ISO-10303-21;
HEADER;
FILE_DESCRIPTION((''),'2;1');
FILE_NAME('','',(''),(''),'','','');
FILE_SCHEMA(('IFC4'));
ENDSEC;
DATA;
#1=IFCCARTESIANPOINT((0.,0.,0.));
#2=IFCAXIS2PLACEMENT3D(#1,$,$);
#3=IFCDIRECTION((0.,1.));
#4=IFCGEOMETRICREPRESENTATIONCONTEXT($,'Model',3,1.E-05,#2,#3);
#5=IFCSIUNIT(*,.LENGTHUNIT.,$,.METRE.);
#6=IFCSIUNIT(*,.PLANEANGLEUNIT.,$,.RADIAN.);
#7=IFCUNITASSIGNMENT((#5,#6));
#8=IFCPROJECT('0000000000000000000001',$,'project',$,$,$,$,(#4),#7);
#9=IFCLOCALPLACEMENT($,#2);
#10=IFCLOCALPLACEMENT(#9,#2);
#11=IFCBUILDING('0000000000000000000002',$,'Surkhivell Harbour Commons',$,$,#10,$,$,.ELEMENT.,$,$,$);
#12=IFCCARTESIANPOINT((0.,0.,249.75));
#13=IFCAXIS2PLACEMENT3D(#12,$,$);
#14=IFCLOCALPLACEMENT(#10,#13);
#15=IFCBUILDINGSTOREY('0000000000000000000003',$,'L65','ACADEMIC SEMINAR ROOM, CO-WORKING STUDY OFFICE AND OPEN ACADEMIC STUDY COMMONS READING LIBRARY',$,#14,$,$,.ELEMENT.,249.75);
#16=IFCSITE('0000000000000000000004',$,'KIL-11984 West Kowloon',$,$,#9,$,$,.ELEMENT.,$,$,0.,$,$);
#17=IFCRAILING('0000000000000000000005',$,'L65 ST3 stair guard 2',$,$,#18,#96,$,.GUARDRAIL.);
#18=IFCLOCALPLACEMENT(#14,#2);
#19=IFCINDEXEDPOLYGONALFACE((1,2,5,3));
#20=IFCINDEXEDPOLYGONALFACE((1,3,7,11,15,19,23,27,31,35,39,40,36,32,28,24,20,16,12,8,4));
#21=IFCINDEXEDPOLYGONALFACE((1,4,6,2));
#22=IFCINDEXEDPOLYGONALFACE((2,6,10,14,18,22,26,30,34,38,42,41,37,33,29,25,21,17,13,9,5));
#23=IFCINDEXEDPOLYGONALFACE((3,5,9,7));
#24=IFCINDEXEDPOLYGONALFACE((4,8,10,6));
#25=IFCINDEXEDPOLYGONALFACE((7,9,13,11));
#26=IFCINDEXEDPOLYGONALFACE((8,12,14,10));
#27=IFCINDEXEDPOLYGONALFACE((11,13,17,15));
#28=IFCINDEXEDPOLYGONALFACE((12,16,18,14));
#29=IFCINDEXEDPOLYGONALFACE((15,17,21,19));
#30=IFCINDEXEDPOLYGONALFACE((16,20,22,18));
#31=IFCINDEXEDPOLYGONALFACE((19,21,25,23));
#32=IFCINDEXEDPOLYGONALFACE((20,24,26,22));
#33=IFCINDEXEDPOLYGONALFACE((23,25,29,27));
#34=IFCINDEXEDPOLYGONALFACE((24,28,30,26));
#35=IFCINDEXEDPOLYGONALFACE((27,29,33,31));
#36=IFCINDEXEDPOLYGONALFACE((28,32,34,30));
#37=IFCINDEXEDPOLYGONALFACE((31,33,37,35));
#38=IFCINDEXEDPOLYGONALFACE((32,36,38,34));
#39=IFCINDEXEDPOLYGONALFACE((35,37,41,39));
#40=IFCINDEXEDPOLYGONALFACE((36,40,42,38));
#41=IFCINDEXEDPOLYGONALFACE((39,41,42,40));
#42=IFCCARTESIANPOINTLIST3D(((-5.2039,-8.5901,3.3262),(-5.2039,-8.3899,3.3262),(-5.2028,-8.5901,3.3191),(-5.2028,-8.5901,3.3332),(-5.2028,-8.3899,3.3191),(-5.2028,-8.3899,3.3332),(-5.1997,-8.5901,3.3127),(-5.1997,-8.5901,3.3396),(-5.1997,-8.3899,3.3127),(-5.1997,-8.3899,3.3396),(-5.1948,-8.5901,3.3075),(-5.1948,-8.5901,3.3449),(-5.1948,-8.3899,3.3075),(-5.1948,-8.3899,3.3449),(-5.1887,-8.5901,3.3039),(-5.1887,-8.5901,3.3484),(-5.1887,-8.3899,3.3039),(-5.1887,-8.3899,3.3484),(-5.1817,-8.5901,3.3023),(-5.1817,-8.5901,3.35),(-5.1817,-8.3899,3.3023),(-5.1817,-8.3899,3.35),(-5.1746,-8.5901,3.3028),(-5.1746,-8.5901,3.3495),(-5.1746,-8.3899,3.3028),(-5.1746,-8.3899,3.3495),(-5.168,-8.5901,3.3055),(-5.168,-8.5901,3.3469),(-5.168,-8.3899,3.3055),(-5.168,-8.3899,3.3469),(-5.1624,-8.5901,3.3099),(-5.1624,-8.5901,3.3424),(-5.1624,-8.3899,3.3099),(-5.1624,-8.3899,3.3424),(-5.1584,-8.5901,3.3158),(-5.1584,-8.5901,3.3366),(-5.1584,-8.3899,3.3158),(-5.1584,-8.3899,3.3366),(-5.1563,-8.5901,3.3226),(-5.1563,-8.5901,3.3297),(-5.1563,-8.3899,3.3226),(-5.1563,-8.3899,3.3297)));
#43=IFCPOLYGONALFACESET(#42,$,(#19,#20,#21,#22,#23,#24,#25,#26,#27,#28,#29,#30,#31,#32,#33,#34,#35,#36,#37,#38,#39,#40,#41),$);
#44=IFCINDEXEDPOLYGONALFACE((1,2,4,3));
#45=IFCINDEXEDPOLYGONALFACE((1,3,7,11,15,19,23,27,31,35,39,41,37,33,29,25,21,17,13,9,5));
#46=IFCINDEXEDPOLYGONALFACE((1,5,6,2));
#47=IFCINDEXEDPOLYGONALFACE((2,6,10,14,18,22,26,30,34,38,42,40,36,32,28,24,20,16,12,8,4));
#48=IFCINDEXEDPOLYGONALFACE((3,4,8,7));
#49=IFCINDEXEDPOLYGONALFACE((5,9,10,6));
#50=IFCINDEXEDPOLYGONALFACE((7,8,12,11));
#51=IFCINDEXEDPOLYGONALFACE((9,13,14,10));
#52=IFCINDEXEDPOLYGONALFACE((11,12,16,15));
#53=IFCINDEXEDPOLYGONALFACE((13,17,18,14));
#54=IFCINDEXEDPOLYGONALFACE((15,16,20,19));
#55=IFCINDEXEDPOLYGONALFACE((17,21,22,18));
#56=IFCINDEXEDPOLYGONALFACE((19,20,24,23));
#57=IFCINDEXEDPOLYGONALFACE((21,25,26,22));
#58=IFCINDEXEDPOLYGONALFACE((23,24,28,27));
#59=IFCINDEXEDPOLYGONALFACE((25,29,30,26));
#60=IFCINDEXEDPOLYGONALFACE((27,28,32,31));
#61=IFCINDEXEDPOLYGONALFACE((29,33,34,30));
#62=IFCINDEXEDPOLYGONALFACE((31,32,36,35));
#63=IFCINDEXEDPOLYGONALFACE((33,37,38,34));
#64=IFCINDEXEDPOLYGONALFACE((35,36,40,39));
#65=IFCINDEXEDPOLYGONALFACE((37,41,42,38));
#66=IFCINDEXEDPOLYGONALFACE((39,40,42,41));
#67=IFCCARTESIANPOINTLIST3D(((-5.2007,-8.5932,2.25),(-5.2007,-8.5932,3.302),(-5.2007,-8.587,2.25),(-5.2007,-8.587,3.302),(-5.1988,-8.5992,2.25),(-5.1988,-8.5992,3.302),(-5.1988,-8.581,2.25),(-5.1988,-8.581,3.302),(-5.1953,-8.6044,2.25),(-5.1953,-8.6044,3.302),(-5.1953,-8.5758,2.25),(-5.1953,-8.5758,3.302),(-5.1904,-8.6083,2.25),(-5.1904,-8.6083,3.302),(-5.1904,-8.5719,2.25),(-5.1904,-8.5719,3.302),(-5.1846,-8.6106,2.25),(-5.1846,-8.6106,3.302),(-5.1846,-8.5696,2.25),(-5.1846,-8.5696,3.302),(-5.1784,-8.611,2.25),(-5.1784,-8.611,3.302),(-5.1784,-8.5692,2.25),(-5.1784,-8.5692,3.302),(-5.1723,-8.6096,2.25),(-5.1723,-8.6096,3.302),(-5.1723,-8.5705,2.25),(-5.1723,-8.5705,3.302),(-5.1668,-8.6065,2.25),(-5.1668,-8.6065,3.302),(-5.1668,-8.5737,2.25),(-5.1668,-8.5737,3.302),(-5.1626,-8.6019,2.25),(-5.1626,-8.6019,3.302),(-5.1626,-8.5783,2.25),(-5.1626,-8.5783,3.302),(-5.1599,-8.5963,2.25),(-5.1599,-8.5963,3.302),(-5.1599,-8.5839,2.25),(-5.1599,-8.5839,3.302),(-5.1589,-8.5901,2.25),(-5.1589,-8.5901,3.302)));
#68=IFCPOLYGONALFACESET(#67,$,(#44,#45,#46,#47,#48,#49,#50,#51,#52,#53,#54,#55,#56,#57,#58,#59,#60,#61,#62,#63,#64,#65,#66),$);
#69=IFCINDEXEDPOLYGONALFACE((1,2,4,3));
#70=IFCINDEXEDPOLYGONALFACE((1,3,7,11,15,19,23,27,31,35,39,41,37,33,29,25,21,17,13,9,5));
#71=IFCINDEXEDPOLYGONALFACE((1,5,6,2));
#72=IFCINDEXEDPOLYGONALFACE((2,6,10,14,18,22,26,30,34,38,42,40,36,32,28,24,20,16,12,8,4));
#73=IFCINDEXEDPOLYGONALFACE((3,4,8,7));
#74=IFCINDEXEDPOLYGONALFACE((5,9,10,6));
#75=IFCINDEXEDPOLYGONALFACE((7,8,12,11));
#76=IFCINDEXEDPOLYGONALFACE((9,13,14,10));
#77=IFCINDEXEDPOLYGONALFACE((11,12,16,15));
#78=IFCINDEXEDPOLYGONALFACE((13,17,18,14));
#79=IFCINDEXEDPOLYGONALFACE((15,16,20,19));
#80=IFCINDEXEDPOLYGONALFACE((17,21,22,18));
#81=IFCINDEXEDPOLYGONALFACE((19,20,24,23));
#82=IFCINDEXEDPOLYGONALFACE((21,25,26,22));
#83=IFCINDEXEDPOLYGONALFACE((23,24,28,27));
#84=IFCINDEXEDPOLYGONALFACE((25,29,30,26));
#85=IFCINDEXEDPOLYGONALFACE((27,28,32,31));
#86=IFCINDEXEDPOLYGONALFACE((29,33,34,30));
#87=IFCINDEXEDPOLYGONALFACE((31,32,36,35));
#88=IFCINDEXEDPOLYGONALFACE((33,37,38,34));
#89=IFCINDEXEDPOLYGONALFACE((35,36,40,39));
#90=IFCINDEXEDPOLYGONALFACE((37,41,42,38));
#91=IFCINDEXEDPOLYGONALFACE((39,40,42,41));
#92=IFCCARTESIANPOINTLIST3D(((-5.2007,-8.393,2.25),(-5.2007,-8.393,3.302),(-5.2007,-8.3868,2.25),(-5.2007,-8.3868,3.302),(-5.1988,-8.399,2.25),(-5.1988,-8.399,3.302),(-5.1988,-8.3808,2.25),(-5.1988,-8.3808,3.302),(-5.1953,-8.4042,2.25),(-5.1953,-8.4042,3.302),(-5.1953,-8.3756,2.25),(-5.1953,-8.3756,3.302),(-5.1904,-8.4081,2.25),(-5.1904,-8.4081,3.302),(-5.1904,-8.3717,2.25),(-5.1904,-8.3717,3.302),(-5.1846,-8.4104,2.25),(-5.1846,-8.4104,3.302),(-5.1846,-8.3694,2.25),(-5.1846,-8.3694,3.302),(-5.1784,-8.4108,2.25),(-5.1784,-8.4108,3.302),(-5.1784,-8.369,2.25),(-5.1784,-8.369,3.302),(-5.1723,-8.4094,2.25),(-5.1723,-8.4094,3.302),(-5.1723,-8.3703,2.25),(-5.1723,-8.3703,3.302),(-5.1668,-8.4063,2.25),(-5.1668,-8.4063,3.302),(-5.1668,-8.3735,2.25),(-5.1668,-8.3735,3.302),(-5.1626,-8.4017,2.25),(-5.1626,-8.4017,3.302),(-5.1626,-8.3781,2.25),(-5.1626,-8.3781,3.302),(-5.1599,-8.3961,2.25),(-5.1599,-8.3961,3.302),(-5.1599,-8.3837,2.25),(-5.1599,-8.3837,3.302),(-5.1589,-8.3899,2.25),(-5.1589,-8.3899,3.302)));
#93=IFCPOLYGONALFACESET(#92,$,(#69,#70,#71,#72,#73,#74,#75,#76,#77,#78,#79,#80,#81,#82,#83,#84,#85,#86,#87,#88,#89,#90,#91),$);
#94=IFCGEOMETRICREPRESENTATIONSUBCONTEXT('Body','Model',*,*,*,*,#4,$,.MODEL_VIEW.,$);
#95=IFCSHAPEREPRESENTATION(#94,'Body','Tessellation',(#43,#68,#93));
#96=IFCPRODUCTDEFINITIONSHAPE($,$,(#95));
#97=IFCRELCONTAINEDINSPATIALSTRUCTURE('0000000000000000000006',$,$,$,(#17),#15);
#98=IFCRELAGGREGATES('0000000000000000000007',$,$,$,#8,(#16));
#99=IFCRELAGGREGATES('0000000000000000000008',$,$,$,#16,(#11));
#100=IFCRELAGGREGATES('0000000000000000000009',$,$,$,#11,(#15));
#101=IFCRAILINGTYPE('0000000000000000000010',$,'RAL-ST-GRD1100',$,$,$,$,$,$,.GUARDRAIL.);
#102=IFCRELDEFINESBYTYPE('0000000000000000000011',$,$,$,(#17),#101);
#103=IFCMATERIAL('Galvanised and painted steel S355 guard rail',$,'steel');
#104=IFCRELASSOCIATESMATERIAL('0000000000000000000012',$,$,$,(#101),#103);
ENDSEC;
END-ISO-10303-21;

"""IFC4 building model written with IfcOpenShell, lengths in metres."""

from ifc_helpers import new_model, si_unit, direction, frame, origin, origin_2d, place, context, subcontext, project, spatial, circle, extrude, material, type_object, element, save


model = new_model("IFC4")

# Units and contexts
model_context = context("Model", 3, precision=1e-05, world=origin(), true_north=direction((0.0, 1.0)))
body_context = subcontext(model_context, "Body", "Model", "MODEL_VIEW")
ifc_project = project(units=[si_unit("LENGTHUNIT", "METRE"), si_unit("PLANEANGLEUNIT", "RADIAN")], contexts=[model_context])

# Site, building, storey
site_placement = place(None, origin())
site = spatial("IfcSite", under=ifc_project, at=site_placement, Name="KIL-11984 West Kowloon", CompositionType="ELEMENT", RefElevation=0.0)
building_placement = place(site_placement, origin())
building = spatial("IfcBuilding", under=site, at=building_placement, Name="Surkhivell Harbour Commons", CompositionType="ELEMENT")
storey_placement = place(building_placement, frame((0.0, 0.0, 249.75)))
storey = spatial("IfcBuildingStorey", under=building, at=storey_placement, Name="L65", Description="ACADEMIC SEMINAR ROOM, CO-WORKING STUDY OFFICE AND OPEN ACADEMIC STUDY COMMONS READING LIBRARY", CompositionType="ELEMENT", Elevation=249.75)

# Railing
ifc_material_1 = material(Name="Galvanised and painted steel S355 guard rail", Category="steel")
railing_type_1 = type_object("IfcRailingType", Name="RAL-ST-GRD1100", PredefinedType="GUARDRAIL", material=ifc_material_1)
railing_1_placement = place(storey_placement, frame((-5.1799, -8.5901, 2.25)))
element("IfcRailing", 1, at=railing_1_placement, inside=storey, type_object=railing_type_1, Name="L65 ST3 stair guard 2", PredefinedType="GUARDRAIL", context=body_context, shape_type="SweptSolid", body=[
    extrude(circle(Radius=0.0239, at=origin_2d()), frame((0.0, 0.0, 1.0762), z_axis=(0.0, 1.0, 0.0), x_axis=(-1.0, 0.0, 0.0)), (0.0, 0.0, 1.0), 0.2002),
    extrude(circle(Radius=0.021, at=origin_2d()), origin(), (0.0, 0.0, 1.0), 1.052),
    extrude(circle(Radius=0.021, at=origin_2d()), frame((0.0, 0.2002, 0.0)), (0.0, 0.0, 1.0), 1.052),
])

save(model, "model.ifc")
